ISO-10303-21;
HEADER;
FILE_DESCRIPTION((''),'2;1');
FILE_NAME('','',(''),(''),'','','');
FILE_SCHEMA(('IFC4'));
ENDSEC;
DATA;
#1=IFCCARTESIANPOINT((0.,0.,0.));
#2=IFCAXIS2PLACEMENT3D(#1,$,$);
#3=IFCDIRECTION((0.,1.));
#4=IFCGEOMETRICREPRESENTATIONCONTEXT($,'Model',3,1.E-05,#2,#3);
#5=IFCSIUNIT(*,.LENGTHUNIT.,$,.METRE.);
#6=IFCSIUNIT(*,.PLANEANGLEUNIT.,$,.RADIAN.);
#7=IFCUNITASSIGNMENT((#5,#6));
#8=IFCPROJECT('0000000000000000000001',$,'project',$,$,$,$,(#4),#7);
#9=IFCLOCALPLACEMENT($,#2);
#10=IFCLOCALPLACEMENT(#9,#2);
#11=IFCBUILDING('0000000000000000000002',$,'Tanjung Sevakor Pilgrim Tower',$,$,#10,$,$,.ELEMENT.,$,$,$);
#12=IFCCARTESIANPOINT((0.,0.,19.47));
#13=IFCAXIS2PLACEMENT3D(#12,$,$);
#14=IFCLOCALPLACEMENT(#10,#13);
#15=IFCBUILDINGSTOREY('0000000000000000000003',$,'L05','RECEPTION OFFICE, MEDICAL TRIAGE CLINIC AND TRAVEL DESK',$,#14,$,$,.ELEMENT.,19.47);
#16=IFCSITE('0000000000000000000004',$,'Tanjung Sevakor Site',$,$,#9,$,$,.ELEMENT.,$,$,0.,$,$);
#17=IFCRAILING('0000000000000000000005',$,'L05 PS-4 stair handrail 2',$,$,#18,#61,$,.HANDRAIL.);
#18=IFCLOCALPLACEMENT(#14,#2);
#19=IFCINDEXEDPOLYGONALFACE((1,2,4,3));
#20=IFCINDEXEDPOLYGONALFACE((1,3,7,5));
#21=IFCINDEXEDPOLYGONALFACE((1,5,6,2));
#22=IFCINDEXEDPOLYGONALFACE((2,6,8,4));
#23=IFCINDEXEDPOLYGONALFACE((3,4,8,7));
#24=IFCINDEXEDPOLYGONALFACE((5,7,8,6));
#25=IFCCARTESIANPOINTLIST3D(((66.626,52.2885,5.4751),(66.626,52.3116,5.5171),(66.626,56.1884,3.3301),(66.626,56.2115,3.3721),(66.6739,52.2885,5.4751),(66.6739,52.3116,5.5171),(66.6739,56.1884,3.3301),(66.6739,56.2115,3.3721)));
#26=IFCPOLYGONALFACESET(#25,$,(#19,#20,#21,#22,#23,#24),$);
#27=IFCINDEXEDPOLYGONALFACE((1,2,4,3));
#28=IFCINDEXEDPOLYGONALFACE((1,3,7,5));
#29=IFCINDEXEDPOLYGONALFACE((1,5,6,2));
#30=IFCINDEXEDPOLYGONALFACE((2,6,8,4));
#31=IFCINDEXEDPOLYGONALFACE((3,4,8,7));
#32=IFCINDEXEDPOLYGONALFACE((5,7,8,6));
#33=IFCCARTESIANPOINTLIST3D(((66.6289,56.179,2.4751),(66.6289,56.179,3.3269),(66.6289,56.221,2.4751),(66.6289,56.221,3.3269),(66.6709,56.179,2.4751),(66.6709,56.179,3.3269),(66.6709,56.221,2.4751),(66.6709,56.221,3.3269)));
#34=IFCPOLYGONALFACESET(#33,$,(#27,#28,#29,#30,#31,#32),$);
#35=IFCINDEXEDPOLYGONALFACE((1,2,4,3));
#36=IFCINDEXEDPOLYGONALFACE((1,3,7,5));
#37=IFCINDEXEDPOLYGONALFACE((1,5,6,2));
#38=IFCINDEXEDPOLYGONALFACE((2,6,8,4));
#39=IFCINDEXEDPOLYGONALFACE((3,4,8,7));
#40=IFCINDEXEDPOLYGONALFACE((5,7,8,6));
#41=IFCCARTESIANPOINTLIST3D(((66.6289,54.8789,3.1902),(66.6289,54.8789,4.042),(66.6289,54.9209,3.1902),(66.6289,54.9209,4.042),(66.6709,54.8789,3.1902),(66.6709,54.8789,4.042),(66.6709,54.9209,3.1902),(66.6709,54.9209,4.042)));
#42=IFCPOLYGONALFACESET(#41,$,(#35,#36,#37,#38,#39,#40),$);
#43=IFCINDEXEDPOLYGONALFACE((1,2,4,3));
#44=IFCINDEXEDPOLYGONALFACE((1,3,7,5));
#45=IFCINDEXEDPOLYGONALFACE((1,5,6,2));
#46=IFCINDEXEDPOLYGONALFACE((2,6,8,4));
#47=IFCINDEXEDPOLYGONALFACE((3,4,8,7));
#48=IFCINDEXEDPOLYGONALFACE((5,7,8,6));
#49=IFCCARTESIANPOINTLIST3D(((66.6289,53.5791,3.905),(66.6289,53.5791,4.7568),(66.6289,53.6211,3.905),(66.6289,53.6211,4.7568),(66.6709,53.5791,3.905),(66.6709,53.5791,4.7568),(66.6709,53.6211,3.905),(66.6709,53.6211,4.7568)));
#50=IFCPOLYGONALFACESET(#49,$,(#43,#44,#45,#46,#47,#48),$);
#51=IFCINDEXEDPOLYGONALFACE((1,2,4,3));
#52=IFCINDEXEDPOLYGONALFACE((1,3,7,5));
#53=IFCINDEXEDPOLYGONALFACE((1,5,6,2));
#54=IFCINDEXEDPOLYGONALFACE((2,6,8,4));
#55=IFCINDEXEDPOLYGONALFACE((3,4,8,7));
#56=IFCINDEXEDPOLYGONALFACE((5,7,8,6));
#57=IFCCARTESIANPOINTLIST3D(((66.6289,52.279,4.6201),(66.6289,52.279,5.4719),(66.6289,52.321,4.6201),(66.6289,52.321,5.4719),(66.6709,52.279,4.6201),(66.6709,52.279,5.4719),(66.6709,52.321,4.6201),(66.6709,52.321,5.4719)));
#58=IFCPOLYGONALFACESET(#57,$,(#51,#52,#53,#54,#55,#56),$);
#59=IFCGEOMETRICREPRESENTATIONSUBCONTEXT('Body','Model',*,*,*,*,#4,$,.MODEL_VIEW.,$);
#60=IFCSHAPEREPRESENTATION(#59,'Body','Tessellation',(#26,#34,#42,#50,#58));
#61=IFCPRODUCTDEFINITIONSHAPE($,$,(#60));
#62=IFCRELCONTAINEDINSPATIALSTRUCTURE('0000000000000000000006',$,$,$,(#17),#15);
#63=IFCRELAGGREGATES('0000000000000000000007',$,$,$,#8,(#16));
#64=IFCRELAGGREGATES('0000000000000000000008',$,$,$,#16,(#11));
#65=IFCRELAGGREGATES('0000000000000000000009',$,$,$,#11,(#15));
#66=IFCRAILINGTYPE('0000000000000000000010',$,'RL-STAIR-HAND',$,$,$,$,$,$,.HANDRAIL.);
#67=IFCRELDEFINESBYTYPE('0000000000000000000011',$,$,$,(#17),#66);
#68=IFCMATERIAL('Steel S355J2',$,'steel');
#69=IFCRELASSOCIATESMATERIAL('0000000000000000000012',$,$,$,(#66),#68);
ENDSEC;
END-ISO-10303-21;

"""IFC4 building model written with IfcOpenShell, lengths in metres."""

from ifc_helpers import new_model, si_unit, direction, frame, origin, place, context, subcontext, project, spatial, rectangle, extrude, material, type_object, element, save


model = new_model("IFC4")

# Units and contexts
model_context = context("Model", 3, precision=1e-05, world=origin(), true_north=direction((0.0, 1.0)))
body_context = subcontext(model_context, "Body", "Model", "MODEL_VIEW")
ifc_project = project(units=[si_unit("LENGTHUNIT", "METRE"), si_unit("PLANEANGLEUNIT", "RADIAN")], contexts=[model_context])

# Site, building, storey
site_placement = place(None, origin())
site = spatial("IfcSite", under=ifc_project, at=site_placement, Name="Tanjung Sevakor Site", CompositionType="ELEMENT", RefElevation=0.0)
building_placement = place(site_placement, origin())
building = spatial("IfcBuilding", under=site, at=building_placement, Name="Tanjung Sevakor Pilgrim Tower", CompositionType="ELEMENT")
storey_placement = place(building_placement, frame((0.0, 0.0, 19.47)))
storey = spatial("IfcBuildingStorey", under=building, at=storey_placement, Name="L05", Description="RECEPTION OFFICE, MEDICAL TRIAGE CLINIC AND TRAVEL DESK", CompositionType="ELEMENT", Elevation=19.47)

# Railing
ifc_material_1 = material(Name="Steel S355J2", Category="steel")
railing_type_1 = type_object("IfcRailingType", Name="RL-STAIR-HAND", PredefinedType="HANDRAIL", material=ifc_material_1)
railing_1_placement = place(storey_placement, frame((66.6499, 56.2, 2.4751)))
element("IfcRailing", 1, at=railing_1_placement, inside=storey, type_object=railing_type_1, Name="L05 PS-4 stair handrail 2", PredefinedType="HANDRAIL", context=body_context, shape_type="SweptSolid", body=[
    extrude(rectangle(XDim=0.0479, YDim=0.0479), frame((0.0, 0.0, 0.876), z_axis=(0.0, -0.876209, 0.481931), x_axis=(1.0, 0.0, 0.0)), (0.0, 0.0, 1.0), 4.4509),
    extrude(rectangle(XDim=0.042, YDim=0.042), origin(), (0.0, 0.0, 1.0), 0.8518),
    extrude(rectangle(XDim=0.042, YDim=0.042), frame((0.0, -1.3, 0.7151)), (0.0, 0.0, 1.0), 0.8518),
    extrude(rectangle(XDim=0.042, YDim=0.042), frame((0.0, -2.5999, 1.4299)), (0.0, 0.0, 1.0), 0.8518),
    extrude(rectangle(XDim=0.042, YDim=0.042), frame((0.0, -3.8999, 2.145)), (0.0, 0.0, 1.0), 0.8518),
])

save(model, "model.ifc")
